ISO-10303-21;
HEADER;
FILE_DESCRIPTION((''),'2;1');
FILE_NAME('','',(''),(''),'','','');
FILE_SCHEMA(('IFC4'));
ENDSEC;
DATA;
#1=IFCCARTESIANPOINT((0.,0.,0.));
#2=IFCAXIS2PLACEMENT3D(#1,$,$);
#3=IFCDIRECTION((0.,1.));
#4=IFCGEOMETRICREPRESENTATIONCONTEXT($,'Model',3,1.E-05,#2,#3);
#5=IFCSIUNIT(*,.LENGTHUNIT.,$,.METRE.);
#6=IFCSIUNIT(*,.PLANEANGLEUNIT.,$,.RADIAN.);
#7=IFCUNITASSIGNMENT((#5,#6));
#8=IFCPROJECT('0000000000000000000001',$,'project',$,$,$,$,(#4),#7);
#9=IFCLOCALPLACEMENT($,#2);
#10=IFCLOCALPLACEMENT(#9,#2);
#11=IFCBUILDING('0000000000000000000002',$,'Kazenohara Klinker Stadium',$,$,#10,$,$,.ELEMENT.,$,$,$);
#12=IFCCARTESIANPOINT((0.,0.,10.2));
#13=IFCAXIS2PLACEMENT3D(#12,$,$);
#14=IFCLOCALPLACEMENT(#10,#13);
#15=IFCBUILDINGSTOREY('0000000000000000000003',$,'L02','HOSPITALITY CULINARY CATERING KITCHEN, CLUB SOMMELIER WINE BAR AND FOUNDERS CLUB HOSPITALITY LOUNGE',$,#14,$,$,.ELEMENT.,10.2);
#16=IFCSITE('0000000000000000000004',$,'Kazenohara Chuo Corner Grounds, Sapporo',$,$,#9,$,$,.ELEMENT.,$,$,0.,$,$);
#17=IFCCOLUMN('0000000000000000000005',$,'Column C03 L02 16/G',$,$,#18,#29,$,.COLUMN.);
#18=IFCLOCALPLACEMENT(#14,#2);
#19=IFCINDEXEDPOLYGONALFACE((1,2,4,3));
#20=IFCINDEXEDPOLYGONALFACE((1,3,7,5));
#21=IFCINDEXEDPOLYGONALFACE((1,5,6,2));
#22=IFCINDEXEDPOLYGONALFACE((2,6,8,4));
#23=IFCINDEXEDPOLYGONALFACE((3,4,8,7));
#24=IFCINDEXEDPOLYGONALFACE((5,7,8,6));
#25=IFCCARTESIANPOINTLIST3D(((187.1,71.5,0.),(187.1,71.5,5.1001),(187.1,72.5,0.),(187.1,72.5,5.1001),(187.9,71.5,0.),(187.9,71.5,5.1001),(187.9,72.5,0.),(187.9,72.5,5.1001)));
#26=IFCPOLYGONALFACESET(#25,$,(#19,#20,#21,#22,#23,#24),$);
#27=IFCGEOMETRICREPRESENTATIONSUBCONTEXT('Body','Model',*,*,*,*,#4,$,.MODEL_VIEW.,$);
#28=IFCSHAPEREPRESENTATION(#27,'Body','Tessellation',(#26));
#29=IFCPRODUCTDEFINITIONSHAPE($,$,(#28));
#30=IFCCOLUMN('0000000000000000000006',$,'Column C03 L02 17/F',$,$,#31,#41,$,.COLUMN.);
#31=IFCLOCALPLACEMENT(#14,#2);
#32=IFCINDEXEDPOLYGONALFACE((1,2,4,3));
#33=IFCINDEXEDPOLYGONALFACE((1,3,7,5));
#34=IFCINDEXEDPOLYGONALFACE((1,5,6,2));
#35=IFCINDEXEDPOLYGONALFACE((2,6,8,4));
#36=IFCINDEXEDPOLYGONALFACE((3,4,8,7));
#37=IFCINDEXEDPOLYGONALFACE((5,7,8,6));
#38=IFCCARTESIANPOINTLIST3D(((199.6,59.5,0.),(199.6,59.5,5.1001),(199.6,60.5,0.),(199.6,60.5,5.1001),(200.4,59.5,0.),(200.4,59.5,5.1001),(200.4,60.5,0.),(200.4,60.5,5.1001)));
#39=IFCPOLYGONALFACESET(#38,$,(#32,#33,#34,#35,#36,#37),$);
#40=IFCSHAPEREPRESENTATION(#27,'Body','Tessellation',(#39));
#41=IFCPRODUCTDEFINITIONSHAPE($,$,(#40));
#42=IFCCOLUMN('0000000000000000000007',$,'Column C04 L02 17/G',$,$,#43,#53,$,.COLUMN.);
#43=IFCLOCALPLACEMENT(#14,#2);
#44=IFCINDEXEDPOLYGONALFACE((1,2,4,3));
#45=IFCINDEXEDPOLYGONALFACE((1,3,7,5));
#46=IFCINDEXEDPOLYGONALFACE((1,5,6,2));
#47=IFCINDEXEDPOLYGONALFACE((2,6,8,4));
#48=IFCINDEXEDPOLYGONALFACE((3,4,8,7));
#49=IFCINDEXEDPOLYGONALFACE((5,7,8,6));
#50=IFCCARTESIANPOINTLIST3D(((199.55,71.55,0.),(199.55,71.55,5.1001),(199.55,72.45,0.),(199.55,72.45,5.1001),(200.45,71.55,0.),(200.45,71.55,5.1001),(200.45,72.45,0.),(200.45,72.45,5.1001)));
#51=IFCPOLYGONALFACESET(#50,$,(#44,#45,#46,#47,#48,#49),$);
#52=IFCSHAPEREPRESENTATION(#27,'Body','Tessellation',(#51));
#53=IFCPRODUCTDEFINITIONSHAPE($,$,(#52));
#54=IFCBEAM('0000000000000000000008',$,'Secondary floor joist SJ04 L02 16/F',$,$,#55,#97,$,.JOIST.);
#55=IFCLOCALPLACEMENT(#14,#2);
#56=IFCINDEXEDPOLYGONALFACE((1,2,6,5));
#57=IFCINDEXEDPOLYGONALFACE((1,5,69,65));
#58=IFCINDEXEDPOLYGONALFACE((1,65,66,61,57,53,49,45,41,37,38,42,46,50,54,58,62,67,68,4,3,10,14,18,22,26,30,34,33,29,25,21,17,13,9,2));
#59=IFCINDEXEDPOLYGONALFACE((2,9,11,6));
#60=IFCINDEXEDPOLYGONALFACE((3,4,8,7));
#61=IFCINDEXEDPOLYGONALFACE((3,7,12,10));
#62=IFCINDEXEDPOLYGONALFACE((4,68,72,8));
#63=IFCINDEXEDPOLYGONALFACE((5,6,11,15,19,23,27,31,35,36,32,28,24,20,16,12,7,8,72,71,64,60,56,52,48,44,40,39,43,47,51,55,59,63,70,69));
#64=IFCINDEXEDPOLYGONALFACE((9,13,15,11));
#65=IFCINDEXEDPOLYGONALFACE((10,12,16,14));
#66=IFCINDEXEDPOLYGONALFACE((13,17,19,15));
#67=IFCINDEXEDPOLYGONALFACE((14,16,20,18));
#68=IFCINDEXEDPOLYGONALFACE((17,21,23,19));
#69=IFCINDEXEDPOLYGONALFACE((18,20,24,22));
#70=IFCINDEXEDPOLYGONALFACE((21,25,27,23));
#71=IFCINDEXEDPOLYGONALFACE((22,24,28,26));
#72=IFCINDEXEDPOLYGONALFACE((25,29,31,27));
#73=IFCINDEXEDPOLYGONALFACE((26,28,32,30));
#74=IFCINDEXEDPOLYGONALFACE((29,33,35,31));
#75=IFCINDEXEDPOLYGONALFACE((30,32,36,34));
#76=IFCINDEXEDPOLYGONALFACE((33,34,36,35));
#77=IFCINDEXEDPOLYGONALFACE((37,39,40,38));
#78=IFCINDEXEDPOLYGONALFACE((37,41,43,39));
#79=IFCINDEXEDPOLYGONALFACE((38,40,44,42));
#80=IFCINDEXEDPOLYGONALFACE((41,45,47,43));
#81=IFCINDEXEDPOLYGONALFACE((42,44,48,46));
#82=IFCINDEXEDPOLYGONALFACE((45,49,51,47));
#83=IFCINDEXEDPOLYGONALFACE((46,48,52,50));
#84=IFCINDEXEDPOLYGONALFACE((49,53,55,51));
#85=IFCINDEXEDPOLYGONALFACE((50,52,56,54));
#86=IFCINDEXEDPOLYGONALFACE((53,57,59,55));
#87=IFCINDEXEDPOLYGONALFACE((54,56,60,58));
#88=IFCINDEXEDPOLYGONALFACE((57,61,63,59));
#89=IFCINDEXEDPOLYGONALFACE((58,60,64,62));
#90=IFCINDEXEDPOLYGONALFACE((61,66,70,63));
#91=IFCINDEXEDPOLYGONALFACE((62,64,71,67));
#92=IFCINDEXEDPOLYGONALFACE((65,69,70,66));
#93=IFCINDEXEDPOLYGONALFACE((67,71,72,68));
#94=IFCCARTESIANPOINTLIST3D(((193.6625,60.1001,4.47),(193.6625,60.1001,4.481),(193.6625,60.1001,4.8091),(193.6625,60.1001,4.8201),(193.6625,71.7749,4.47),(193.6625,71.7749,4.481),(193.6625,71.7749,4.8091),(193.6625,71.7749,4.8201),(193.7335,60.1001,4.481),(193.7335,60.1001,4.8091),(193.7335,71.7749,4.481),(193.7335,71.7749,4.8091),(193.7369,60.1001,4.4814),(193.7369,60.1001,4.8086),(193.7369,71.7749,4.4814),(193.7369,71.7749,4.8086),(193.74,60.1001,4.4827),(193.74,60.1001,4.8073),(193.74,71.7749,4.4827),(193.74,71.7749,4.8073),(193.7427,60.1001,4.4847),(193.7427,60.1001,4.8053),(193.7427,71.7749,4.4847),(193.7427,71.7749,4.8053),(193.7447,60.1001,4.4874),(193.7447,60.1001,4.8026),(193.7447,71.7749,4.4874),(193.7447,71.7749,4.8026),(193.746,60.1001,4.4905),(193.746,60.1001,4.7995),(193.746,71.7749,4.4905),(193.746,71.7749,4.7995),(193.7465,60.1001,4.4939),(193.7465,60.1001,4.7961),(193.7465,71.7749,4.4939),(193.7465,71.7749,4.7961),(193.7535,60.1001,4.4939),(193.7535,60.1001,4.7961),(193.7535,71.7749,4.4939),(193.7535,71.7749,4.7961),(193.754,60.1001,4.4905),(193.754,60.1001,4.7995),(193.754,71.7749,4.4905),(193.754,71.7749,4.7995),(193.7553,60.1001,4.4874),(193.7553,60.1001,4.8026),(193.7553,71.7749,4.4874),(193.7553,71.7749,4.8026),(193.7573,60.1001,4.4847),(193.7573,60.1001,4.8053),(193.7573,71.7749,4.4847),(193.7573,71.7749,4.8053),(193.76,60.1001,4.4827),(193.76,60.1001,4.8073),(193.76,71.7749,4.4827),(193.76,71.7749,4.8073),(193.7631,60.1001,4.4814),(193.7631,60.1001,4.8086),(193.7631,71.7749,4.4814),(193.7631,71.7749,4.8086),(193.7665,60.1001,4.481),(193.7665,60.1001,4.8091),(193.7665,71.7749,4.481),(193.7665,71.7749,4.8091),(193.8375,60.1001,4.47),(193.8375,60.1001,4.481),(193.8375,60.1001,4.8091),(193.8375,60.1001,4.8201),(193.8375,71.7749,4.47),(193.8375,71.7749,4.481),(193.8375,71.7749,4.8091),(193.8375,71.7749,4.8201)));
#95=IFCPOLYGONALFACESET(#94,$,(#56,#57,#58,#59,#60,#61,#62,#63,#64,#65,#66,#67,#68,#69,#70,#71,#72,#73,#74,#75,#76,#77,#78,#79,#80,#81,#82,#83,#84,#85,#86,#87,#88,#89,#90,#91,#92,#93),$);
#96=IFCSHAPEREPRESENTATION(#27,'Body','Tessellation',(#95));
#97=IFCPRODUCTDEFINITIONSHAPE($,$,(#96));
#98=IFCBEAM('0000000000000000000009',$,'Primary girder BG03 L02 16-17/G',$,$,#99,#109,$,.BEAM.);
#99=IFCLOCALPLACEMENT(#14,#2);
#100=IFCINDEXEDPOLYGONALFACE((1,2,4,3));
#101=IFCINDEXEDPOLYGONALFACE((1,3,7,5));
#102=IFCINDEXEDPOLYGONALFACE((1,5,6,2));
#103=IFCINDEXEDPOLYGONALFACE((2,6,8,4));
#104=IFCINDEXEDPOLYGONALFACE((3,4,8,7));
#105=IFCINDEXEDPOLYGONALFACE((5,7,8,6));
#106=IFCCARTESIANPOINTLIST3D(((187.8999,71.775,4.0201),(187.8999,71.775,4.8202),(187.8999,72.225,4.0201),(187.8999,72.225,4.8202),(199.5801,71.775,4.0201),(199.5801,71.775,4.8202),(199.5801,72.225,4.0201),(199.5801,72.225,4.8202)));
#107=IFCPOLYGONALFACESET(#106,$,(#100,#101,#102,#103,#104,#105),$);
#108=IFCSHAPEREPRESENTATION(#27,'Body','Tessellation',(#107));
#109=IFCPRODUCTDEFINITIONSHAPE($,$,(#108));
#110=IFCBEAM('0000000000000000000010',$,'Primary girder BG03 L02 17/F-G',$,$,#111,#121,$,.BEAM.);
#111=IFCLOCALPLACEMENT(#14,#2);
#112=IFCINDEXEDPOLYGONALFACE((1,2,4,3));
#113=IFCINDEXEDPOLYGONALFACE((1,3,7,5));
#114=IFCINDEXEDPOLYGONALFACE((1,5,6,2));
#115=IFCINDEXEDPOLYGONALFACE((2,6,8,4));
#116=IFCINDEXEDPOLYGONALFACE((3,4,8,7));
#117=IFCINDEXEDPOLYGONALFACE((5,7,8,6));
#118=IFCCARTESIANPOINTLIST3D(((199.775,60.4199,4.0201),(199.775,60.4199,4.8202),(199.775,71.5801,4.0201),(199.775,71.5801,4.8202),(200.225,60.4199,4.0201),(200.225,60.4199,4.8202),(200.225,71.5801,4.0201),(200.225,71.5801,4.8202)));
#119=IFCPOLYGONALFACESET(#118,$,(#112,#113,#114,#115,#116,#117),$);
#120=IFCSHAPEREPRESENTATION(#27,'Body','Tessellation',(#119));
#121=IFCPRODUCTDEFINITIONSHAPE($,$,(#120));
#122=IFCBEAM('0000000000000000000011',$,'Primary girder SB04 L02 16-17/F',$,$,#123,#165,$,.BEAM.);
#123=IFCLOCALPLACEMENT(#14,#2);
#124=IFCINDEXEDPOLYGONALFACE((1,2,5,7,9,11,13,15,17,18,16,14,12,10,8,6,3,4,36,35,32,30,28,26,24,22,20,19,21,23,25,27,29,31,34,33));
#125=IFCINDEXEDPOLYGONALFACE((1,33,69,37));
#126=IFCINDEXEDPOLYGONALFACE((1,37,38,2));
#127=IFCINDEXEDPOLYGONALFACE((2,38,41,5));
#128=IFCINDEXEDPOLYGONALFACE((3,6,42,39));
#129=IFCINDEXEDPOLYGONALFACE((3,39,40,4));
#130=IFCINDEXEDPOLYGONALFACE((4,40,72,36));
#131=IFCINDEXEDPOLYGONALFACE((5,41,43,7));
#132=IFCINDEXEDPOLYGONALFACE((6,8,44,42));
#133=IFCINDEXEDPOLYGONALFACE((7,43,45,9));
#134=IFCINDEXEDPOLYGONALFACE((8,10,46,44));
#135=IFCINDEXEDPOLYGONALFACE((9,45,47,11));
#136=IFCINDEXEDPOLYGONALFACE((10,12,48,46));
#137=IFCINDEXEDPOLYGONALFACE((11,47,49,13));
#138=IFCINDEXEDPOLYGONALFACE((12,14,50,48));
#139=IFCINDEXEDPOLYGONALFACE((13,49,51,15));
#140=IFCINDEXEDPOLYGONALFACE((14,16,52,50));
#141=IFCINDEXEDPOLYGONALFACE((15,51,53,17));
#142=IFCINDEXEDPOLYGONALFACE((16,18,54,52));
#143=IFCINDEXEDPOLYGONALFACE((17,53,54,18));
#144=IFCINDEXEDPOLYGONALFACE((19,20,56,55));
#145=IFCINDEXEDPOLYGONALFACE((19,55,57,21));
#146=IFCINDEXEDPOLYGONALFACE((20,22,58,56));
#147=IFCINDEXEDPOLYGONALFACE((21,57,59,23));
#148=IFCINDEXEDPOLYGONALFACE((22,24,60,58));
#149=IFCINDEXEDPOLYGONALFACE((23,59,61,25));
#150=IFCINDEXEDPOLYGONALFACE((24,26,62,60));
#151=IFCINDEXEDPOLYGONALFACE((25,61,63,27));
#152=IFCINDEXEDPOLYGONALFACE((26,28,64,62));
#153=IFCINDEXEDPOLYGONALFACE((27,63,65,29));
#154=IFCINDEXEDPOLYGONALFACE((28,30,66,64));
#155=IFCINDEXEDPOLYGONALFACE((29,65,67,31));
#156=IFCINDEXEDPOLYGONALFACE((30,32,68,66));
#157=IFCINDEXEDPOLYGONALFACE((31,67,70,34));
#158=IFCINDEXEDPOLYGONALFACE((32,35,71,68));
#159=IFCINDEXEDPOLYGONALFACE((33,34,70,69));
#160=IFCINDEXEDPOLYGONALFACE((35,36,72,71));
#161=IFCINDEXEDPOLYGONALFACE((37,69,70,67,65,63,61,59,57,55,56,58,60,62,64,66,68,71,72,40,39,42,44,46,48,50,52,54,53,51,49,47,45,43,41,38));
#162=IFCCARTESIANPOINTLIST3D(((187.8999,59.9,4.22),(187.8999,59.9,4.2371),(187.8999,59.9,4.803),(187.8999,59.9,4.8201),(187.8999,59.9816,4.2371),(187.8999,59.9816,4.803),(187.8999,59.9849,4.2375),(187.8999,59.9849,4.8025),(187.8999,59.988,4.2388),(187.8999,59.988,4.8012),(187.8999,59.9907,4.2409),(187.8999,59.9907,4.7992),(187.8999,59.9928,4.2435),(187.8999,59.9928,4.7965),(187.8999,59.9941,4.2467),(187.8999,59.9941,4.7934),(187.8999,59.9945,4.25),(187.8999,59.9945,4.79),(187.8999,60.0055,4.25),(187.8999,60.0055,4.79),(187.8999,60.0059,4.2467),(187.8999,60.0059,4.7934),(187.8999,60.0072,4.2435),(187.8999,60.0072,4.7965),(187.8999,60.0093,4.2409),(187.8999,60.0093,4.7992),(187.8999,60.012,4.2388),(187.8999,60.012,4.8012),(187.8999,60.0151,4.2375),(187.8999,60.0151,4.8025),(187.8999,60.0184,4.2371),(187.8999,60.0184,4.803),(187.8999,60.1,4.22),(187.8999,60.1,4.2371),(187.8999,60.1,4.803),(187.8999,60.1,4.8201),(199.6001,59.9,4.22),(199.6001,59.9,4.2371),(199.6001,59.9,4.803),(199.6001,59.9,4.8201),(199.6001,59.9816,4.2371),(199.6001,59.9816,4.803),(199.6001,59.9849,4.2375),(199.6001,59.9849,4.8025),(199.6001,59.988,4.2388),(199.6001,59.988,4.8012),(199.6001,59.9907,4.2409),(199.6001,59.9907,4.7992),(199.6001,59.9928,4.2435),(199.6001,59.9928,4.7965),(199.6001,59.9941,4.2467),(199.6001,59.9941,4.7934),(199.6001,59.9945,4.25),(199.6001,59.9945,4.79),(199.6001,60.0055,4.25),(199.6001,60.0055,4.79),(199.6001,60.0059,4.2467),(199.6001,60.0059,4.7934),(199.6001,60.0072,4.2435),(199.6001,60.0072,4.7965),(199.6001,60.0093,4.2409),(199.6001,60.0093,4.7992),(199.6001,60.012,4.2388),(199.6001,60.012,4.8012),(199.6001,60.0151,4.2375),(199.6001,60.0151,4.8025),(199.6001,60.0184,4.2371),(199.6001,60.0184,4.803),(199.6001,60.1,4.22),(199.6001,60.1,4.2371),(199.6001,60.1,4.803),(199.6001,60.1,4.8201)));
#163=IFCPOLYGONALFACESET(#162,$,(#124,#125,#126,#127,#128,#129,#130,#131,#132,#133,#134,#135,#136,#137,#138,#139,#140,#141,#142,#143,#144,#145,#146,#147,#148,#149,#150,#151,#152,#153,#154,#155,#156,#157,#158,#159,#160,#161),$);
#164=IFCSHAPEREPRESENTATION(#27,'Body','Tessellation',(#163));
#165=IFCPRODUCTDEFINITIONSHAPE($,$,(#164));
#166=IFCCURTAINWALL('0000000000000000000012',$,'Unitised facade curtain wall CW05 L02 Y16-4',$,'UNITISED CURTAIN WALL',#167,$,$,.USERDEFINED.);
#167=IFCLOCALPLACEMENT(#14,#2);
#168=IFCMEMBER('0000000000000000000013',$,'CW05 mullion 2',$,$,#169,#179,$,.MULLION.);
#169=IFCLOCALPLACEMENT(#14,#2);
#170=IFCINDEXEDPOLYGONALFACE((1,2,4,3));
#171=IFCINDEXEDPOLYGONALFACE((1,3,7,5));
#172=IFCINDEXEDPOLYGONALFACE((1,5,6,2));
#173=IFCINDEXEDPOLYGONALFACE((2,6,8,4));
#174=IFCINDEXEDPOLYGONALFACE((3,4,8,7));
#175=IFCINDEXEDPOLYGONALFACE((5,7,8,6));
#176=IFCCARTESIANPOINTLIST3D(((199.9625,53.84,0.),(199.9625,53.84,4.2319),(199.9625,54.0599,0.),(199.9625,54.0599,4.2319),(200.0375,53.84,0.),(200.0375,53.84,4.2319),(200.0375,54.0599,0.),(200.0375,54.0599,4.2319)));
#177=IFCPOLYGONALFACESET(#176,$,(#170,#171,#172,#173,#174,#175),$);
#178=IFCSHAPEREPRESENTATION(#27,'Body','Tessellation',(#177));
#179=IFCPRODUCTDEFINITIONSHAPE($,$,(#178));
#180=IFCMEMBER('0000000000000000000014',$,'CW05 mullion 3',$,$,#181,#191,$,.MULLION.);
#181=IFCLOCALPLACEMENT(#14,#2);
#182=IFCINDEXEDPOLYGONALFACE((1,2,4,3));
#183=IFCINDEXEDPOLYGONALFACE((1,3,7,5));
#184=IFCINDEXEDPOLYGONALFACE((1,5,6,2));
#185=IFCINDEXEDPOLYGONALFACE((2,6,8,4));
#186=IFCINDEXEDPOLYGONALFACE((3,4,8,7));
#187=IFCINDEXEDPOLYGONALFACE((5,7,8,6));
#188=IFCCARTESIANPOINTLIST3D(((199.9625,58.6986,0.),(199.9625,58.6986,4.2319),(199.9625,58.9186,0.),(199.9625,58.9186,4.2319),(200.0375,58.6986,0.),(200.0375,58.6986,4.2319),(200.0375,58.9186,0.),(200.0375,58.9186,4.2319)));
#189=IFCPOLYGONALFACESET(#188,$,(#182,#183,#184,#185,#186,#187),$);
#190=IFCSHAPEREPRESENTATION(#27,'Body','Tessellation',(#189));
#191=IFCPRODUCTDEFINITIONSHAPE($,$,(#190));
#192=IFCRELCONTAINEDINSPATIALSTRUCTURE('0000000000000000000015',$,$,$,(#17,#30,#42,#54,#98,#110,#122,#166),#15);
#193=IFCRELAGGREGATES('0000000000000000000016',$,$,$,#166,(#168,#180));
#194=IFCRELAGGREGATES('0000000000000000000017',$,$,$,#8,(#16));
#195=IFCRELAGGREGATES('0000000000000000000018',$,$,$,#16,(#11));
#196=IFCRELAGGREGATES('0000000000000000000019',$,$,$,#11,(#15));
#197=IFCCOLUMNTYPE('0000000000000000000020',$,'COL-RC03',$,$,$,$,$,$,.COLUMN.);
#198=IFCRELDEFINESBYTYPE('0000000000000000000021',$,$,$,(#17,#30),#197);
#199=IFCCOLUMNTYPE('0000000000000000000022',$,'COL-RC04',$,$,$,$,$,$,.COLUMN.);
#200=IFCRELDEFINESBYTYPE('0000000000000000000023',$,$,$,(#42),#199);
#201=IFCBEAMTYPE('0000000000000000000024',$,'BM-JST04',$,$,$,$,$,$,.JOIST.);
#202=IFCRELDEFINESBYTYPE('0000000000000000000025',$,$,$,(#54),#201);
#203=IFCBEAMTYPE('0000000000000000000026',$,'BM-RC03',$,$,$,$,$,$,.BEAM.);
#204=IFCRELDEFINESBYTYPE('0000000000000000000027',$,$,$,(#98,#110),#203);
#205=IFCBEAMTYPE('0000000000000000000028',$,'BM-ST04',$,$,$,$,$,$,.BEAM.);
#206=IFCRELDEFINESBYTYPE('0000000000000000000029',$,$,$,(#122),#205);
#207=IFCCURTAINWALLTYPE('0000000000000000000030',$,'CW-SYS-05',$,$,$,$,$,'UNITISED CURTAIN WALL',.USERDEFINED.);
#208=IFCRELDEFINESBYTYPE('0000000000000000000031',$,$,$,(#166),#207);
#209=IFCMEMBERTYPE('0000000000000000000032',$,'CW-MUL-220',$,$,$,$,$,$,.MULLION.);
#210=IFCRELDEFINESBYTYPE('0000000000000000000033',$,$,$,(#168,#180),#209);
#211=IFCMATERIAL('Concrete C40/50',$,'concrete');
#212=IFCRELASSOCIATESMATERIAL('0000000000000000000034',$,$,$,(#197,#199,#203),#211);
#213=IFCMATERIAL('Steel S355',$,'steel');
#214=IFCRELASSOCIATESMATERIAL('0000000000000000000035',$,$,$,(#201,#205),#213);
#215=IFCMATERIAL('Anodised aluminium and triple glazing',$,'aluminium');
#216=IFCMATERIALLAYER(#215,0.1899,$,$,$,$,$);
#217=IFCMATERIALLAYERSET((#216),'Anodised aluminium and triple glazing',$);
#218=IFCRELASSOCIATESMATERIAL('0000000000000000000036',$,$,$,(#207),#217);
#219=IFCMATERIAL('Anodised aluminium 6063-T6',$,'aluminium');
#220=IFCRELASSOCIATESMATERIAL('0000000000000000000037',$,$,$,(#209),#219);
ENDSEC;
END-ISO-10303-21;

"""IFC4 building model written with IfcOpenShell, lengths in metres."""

from ifc_helpers import new_model, si_unit, direction, frame, origin, origin_2d, place, context, subcontext, project, spatial, rectangle, i_section, extrude, material, layer, layer_set, material_profile, profile_set, type_object, element, aggregate, save


model = new_model("IFC4")

# Units and contexts
model_context = context("Model", 3, precision=1e-05, world=origin(), true_north=direction((0.0, 1.0)))
body_context = subcontext(model_context, "Body", "Model", "MODEL_VIEW")
ifc_project = project(units=[si_unit("LENGTHUNIT", "METRE"), si_unit("PLANEANGLEUNIT", "RADIAN")], contexts=[model_context])

# Site, building, storey
site_placement = place(None, origin())
site = spatial("IfcSite", under=ifc_project, at=site_placement, Name="Kazenohara Chuo Corner Grounds, Sapporo", CompositionType="ELEMENT", RefElevation=0.0)
building_placement = place(site_placement, origin())
building = spatial("IfcBuilding", under=site, at=building_placement, Name="Kazenohara Klinker Stadium", CompositionType="ELEMENT")
storey_placement = place(building_placement, frame((0.0, 0.0, 10.2)))
storey = spatial("IfcBuildingStorey", under=building, at=storey_placement, Name="L02", Description="HOSPITALITY CULINARY CATERING KITCHEN, CLUB SOMMELIER WINE BAR AND FOUNDERS CLUB HOSPITALITY LOUNGE", CompositionType="ELEMENT", Elevation=10.2)

# Columns
ifc_material_1 = material(Name="Concrete C40/50", Category="concrete")
ifc_material_profile_1 = material_profile(ifc_material_1, rectangle(XDim=0.8, YDim=1.0, at=origin_2d()), Name="RC-COL-1000x800")
ifc_profile_set_1 = profile_set([ifc_material_profile_1], Name="Concrete C40/50")
column_type_1 = type_object("IfcColumnType", Name="COL-RC03", PredefinedType="COLUMN", material=ifc_profile_set_1)
for number, where, z_axis, x_axis, name in (
    (1, (187.5, 72.0, 0.0), (0.0, 0.0, 1.0), (1.0, 0.0, 0.0), "Column C03 L02 16/G"),
    (2, (200.0, 60.0, 0.0), (0.0, 0.0, 1.0), (1.0, 0.0, 0.0), "Column C03 L02 17/F"),
):
    element("IfcColumn", number, at=place(storey_placement, frame(where, z_axis=z_axis, x_axis=x_axis)), inside=storey, type_object=column_type_1, Name=name, PredefinedType="COLUMN", context=body_context, shape_type="SweptSolid", body=[
        extrude(rectangle(XDim=0.8, YDim=1.0, at=origin_2d()), origin(), (0.0, 0.0, 1.0), 5.1001),
    ])
ifc_material_profile_2 = material_profile(ifc_material_1, rectangle(XDim=0.8999, YDim=0.8999, at=origin_2d()), Name="RC-COL-900x900")
ifc_profile_set_2 = profile_set([ifc_material_profile_2], Name="Concrete C40/50")
column_type_2 = type_object("IfcColumnType", Name="COL-RC04", PredefinedType="COLUMN", material=ifc_profile_set_2)
column_placement = place(storey_placement, frame((200.0, 72.0, 0.0), z_axis=(0.0, 0.0, 1.0), x_axis=(1.0, 0.0, 0.0)))
element("IfcColumn", 3, at=column_placement, inside=storey, type_object=column_type_2, Name="Column C04 L02 17/G", PredefinedType="COLUMN", context=body_context, shape_type="SweptSolid", body=[
    extrude(rectangle(XDim=0.8999, YDim=0.8999, at=origin_2d()), origin(), (0.0, 0.0, 1.0), 5.1001),
])

# Beams
ifc_material_2 = material(Name="Steel S355", Category="steel")
ifc_material_profile_3 = material_profile(ifc_material_2, i_section(OverallWidth=0.175, OverallDepth=0.3501, WebThickness=0.0071, FlangeThickness=0.011, FilletRadius=0.0129, at=origin_2d()), Name="H-350x175x7x11")
ifc_profile_set_3 = profile_set([ifc_material_profile_3], Name="Steel S355")
beam_type_1 = type_object("IfcBeamType", Name="BM-JST04", PredefinedType="JOIST", material=ifc_profile_set_3)
beam_1_placement = place(storey_placement, frame((193.75, 60.1001, 4.645), z_axis=(0.0, 1.0, 0.0), x_axis=(-1.0, 0.0, 0.0)))
element("IfcBeam", 4, at=beam_1_placement, inside=storey, type_object=beam_type_1, Name="Secondary floor joist SJ04 L02 16/F", PredefinedType="JOIST", context=body_context, shape_type="SweptSolid", body=[
    extrude(i_section(OverallWidth=0.175, OverallDepth=0.3501, WebThickness=0.0071, FlangeThickness=0.011, FilletRadius=0.0129, at=origin_2d()), origin(), (0.0, 0.0, 1.0), 11.6748),
])
ifc_material_profile_4 = material_profile(ifc_material_1, rectangle(XDim=0.45, YDim=0.8, at=origin_2d()), Name="RC-BM-450x800")
ifc_profile_set_4 = profile_set([ifc_material_profile_4], Name="Concrete C40/50")
beam_type_2 = type_object("IfcBeamType", Name="BM-RC03", PredefinedType="BEAM", material=ifc_profile_set_4)
beam_2_placement = place(storey_placement, frame((187.8999, 72.0, 4.4202), z_axis=(1.0, 0.0, 0.0), x_axis=(0.0, 1.0, 0.0)))
element("IfcBeam", 5, at=beam_2_placement, inside=storey, type_object=beam_type_2, Name="Primary girder BG03 L02 16-17/G", PredefinedType="BEAM", context=body_context, shape_type="SweptSolid", body=[
    extrude(rectangle(XDim=0.45, YDim=0.8, at=origin_2d()), origin(), (0.0, 0.0, 1.0), 11.6802),
])
beam_3_placement = place(storey_placement, frame((200.0, 60.4199, 4.4202), z_axis=(0.0, 1.0, 0.0), x_axis=(-1.0, 0.0, 0.0)))
element("IfcBeam", 6, at=beam_3_placement, inside=storey, type_object=beam_type_2, Name="Primary girder BG03 L02 17/F-G", PredefinedType="BEAM", context=body_context, shape_type="SweptSolid", body=[
    extrude(rectangle(XDim=0.45, YDim=0.8, at=origin_2d()), origin(), (0.0, 0.0, 1.0), 11.1602),
])
ifc_material_profile_5 = material_profile(ifc_material_2, i_section(OverallWidth=0.2, OverallDepth=0.6001, WebThickness=0.011, FlangeThickness=0.0171, FilletRadius=0.0129, at=origin_2d()), Name="H-600x200x11x17")
ifc_profile_set_5 = profile_set([ifc_material_profile_5], Name="Steel S355")
beam_type_3 = type_object("IfcBeamType", Name="BM-ST04", PredefinedType="BEAM", material=ifc_profile_set_5)
beam_4_placement = place(storey_placement, frame((187.8999, 60.0, 4.52), z_axis=(1.0, 0.0, 0.0), x_axis=(0.0, 1.0, 0.0)))
element("IfcBeam", 7, at=beam_4_placement, inside=storey, type_object=beam_type_3, Name="Primary girder SB04 L02 16-17/F", PredefinedType="BEAM", context=body_context, shape_type="SweptSolid", body=[
    extrude(i_section(OverallWidth=0.2, OverallDepth=0.6001, WebThickness=0.011, FlangeThickness=0.0171, FilletRadius=0.0129, at=origin_2d()), origin(), (0.0, 0.0, 1.0), 11.7002),
])

# Curtain wall, members
ifc_material_3 = material(Name="Anodised aluminium and triple glazing", Category="aluminium")
ifc_layer_1 = layer(ifc_material_3, 0.1899)
ifc_layer_set_1 = layer_set([ifc_layer_1], Name="Anodised aluminium and triple glazing")
curtain_wall_type = type_object("IfcCurtainWallType", Name="CW-SYS-05", ElementType="UNITISED CURTAIN WALL", PredefinedType="USERDEFINED", material=ifc_layer_set_1)
curtain_wall_placement = place(storey_placement, origin())
curtain_wall = element("IfcCurtainWall", 8, at=curtain_wall_placement, inside=storey, type_object=curtain_wall_type, Name="Unitised facade curtain wall CW05 L02 Y16-4", ObjectType="UNITISED CURTAIN WALL", PredefinedType="USERDEFINED")
ifc_material_4 = material(Name="Anodised aluminium 6063-T6", Category="aluminium")
ifc_material_profile_6 = material_profile(ifc_material_4, rectangle(XDim=0.075, YDim=0.22, at=origin_2d()), Name="ALU-MUL-75x220")
ifc_profile_set_6 = profile_set([ifc_material_profile_6], Name="Anodised aluminium 6063-T6")
member_type_1 = type_object("IfcMemberType", Name="CW-MUL-220", PredefinedType="MULLION", material=ifc_profile_set_6)
member_1_placement = place(storey_placement, frame((200.0, 53.95, 0.0), z_axis=(0.0, 0.0, 1.0), x_axis=(-1.0, 0.0, 0.0)))
member_1 = element("IfcMember", 9, at=member_1_placement, type_object=member_type_1, Name="CW05 mullion 2", PredefinedType="MULLION", context=body_context, shape_type="SweptSolid", body=[
    extrude(rectangle(XDim=0.075, YDim=0.22, at=origin_2d()), origin(), (0.0, 0.0, 1.0), 4.2319),
])
member_2_placement = place(storey_placement, frame((200.0, 58.8086, 0.0), z_axis=(0.0, 0.0, 1.0), x_axis=(-1.0, 0.0, 0.0)))
member_2 = element("IfcMember", 10, at=member_2_placement, type_object=member_type_1, Name="CW05 mullion 3", PredefinedType="MULLION", context=body_context, shape_type="SweptSolid", body=[
    extrude(rectangle(XDim=0.075, YDim=0.22, at=origin_2d()), origin(), (0.0, 0.0, 1.0), 4.2319),
])

aggregate(curtain_wall, [member_1, member_2])

save(model, "model.ifc")
